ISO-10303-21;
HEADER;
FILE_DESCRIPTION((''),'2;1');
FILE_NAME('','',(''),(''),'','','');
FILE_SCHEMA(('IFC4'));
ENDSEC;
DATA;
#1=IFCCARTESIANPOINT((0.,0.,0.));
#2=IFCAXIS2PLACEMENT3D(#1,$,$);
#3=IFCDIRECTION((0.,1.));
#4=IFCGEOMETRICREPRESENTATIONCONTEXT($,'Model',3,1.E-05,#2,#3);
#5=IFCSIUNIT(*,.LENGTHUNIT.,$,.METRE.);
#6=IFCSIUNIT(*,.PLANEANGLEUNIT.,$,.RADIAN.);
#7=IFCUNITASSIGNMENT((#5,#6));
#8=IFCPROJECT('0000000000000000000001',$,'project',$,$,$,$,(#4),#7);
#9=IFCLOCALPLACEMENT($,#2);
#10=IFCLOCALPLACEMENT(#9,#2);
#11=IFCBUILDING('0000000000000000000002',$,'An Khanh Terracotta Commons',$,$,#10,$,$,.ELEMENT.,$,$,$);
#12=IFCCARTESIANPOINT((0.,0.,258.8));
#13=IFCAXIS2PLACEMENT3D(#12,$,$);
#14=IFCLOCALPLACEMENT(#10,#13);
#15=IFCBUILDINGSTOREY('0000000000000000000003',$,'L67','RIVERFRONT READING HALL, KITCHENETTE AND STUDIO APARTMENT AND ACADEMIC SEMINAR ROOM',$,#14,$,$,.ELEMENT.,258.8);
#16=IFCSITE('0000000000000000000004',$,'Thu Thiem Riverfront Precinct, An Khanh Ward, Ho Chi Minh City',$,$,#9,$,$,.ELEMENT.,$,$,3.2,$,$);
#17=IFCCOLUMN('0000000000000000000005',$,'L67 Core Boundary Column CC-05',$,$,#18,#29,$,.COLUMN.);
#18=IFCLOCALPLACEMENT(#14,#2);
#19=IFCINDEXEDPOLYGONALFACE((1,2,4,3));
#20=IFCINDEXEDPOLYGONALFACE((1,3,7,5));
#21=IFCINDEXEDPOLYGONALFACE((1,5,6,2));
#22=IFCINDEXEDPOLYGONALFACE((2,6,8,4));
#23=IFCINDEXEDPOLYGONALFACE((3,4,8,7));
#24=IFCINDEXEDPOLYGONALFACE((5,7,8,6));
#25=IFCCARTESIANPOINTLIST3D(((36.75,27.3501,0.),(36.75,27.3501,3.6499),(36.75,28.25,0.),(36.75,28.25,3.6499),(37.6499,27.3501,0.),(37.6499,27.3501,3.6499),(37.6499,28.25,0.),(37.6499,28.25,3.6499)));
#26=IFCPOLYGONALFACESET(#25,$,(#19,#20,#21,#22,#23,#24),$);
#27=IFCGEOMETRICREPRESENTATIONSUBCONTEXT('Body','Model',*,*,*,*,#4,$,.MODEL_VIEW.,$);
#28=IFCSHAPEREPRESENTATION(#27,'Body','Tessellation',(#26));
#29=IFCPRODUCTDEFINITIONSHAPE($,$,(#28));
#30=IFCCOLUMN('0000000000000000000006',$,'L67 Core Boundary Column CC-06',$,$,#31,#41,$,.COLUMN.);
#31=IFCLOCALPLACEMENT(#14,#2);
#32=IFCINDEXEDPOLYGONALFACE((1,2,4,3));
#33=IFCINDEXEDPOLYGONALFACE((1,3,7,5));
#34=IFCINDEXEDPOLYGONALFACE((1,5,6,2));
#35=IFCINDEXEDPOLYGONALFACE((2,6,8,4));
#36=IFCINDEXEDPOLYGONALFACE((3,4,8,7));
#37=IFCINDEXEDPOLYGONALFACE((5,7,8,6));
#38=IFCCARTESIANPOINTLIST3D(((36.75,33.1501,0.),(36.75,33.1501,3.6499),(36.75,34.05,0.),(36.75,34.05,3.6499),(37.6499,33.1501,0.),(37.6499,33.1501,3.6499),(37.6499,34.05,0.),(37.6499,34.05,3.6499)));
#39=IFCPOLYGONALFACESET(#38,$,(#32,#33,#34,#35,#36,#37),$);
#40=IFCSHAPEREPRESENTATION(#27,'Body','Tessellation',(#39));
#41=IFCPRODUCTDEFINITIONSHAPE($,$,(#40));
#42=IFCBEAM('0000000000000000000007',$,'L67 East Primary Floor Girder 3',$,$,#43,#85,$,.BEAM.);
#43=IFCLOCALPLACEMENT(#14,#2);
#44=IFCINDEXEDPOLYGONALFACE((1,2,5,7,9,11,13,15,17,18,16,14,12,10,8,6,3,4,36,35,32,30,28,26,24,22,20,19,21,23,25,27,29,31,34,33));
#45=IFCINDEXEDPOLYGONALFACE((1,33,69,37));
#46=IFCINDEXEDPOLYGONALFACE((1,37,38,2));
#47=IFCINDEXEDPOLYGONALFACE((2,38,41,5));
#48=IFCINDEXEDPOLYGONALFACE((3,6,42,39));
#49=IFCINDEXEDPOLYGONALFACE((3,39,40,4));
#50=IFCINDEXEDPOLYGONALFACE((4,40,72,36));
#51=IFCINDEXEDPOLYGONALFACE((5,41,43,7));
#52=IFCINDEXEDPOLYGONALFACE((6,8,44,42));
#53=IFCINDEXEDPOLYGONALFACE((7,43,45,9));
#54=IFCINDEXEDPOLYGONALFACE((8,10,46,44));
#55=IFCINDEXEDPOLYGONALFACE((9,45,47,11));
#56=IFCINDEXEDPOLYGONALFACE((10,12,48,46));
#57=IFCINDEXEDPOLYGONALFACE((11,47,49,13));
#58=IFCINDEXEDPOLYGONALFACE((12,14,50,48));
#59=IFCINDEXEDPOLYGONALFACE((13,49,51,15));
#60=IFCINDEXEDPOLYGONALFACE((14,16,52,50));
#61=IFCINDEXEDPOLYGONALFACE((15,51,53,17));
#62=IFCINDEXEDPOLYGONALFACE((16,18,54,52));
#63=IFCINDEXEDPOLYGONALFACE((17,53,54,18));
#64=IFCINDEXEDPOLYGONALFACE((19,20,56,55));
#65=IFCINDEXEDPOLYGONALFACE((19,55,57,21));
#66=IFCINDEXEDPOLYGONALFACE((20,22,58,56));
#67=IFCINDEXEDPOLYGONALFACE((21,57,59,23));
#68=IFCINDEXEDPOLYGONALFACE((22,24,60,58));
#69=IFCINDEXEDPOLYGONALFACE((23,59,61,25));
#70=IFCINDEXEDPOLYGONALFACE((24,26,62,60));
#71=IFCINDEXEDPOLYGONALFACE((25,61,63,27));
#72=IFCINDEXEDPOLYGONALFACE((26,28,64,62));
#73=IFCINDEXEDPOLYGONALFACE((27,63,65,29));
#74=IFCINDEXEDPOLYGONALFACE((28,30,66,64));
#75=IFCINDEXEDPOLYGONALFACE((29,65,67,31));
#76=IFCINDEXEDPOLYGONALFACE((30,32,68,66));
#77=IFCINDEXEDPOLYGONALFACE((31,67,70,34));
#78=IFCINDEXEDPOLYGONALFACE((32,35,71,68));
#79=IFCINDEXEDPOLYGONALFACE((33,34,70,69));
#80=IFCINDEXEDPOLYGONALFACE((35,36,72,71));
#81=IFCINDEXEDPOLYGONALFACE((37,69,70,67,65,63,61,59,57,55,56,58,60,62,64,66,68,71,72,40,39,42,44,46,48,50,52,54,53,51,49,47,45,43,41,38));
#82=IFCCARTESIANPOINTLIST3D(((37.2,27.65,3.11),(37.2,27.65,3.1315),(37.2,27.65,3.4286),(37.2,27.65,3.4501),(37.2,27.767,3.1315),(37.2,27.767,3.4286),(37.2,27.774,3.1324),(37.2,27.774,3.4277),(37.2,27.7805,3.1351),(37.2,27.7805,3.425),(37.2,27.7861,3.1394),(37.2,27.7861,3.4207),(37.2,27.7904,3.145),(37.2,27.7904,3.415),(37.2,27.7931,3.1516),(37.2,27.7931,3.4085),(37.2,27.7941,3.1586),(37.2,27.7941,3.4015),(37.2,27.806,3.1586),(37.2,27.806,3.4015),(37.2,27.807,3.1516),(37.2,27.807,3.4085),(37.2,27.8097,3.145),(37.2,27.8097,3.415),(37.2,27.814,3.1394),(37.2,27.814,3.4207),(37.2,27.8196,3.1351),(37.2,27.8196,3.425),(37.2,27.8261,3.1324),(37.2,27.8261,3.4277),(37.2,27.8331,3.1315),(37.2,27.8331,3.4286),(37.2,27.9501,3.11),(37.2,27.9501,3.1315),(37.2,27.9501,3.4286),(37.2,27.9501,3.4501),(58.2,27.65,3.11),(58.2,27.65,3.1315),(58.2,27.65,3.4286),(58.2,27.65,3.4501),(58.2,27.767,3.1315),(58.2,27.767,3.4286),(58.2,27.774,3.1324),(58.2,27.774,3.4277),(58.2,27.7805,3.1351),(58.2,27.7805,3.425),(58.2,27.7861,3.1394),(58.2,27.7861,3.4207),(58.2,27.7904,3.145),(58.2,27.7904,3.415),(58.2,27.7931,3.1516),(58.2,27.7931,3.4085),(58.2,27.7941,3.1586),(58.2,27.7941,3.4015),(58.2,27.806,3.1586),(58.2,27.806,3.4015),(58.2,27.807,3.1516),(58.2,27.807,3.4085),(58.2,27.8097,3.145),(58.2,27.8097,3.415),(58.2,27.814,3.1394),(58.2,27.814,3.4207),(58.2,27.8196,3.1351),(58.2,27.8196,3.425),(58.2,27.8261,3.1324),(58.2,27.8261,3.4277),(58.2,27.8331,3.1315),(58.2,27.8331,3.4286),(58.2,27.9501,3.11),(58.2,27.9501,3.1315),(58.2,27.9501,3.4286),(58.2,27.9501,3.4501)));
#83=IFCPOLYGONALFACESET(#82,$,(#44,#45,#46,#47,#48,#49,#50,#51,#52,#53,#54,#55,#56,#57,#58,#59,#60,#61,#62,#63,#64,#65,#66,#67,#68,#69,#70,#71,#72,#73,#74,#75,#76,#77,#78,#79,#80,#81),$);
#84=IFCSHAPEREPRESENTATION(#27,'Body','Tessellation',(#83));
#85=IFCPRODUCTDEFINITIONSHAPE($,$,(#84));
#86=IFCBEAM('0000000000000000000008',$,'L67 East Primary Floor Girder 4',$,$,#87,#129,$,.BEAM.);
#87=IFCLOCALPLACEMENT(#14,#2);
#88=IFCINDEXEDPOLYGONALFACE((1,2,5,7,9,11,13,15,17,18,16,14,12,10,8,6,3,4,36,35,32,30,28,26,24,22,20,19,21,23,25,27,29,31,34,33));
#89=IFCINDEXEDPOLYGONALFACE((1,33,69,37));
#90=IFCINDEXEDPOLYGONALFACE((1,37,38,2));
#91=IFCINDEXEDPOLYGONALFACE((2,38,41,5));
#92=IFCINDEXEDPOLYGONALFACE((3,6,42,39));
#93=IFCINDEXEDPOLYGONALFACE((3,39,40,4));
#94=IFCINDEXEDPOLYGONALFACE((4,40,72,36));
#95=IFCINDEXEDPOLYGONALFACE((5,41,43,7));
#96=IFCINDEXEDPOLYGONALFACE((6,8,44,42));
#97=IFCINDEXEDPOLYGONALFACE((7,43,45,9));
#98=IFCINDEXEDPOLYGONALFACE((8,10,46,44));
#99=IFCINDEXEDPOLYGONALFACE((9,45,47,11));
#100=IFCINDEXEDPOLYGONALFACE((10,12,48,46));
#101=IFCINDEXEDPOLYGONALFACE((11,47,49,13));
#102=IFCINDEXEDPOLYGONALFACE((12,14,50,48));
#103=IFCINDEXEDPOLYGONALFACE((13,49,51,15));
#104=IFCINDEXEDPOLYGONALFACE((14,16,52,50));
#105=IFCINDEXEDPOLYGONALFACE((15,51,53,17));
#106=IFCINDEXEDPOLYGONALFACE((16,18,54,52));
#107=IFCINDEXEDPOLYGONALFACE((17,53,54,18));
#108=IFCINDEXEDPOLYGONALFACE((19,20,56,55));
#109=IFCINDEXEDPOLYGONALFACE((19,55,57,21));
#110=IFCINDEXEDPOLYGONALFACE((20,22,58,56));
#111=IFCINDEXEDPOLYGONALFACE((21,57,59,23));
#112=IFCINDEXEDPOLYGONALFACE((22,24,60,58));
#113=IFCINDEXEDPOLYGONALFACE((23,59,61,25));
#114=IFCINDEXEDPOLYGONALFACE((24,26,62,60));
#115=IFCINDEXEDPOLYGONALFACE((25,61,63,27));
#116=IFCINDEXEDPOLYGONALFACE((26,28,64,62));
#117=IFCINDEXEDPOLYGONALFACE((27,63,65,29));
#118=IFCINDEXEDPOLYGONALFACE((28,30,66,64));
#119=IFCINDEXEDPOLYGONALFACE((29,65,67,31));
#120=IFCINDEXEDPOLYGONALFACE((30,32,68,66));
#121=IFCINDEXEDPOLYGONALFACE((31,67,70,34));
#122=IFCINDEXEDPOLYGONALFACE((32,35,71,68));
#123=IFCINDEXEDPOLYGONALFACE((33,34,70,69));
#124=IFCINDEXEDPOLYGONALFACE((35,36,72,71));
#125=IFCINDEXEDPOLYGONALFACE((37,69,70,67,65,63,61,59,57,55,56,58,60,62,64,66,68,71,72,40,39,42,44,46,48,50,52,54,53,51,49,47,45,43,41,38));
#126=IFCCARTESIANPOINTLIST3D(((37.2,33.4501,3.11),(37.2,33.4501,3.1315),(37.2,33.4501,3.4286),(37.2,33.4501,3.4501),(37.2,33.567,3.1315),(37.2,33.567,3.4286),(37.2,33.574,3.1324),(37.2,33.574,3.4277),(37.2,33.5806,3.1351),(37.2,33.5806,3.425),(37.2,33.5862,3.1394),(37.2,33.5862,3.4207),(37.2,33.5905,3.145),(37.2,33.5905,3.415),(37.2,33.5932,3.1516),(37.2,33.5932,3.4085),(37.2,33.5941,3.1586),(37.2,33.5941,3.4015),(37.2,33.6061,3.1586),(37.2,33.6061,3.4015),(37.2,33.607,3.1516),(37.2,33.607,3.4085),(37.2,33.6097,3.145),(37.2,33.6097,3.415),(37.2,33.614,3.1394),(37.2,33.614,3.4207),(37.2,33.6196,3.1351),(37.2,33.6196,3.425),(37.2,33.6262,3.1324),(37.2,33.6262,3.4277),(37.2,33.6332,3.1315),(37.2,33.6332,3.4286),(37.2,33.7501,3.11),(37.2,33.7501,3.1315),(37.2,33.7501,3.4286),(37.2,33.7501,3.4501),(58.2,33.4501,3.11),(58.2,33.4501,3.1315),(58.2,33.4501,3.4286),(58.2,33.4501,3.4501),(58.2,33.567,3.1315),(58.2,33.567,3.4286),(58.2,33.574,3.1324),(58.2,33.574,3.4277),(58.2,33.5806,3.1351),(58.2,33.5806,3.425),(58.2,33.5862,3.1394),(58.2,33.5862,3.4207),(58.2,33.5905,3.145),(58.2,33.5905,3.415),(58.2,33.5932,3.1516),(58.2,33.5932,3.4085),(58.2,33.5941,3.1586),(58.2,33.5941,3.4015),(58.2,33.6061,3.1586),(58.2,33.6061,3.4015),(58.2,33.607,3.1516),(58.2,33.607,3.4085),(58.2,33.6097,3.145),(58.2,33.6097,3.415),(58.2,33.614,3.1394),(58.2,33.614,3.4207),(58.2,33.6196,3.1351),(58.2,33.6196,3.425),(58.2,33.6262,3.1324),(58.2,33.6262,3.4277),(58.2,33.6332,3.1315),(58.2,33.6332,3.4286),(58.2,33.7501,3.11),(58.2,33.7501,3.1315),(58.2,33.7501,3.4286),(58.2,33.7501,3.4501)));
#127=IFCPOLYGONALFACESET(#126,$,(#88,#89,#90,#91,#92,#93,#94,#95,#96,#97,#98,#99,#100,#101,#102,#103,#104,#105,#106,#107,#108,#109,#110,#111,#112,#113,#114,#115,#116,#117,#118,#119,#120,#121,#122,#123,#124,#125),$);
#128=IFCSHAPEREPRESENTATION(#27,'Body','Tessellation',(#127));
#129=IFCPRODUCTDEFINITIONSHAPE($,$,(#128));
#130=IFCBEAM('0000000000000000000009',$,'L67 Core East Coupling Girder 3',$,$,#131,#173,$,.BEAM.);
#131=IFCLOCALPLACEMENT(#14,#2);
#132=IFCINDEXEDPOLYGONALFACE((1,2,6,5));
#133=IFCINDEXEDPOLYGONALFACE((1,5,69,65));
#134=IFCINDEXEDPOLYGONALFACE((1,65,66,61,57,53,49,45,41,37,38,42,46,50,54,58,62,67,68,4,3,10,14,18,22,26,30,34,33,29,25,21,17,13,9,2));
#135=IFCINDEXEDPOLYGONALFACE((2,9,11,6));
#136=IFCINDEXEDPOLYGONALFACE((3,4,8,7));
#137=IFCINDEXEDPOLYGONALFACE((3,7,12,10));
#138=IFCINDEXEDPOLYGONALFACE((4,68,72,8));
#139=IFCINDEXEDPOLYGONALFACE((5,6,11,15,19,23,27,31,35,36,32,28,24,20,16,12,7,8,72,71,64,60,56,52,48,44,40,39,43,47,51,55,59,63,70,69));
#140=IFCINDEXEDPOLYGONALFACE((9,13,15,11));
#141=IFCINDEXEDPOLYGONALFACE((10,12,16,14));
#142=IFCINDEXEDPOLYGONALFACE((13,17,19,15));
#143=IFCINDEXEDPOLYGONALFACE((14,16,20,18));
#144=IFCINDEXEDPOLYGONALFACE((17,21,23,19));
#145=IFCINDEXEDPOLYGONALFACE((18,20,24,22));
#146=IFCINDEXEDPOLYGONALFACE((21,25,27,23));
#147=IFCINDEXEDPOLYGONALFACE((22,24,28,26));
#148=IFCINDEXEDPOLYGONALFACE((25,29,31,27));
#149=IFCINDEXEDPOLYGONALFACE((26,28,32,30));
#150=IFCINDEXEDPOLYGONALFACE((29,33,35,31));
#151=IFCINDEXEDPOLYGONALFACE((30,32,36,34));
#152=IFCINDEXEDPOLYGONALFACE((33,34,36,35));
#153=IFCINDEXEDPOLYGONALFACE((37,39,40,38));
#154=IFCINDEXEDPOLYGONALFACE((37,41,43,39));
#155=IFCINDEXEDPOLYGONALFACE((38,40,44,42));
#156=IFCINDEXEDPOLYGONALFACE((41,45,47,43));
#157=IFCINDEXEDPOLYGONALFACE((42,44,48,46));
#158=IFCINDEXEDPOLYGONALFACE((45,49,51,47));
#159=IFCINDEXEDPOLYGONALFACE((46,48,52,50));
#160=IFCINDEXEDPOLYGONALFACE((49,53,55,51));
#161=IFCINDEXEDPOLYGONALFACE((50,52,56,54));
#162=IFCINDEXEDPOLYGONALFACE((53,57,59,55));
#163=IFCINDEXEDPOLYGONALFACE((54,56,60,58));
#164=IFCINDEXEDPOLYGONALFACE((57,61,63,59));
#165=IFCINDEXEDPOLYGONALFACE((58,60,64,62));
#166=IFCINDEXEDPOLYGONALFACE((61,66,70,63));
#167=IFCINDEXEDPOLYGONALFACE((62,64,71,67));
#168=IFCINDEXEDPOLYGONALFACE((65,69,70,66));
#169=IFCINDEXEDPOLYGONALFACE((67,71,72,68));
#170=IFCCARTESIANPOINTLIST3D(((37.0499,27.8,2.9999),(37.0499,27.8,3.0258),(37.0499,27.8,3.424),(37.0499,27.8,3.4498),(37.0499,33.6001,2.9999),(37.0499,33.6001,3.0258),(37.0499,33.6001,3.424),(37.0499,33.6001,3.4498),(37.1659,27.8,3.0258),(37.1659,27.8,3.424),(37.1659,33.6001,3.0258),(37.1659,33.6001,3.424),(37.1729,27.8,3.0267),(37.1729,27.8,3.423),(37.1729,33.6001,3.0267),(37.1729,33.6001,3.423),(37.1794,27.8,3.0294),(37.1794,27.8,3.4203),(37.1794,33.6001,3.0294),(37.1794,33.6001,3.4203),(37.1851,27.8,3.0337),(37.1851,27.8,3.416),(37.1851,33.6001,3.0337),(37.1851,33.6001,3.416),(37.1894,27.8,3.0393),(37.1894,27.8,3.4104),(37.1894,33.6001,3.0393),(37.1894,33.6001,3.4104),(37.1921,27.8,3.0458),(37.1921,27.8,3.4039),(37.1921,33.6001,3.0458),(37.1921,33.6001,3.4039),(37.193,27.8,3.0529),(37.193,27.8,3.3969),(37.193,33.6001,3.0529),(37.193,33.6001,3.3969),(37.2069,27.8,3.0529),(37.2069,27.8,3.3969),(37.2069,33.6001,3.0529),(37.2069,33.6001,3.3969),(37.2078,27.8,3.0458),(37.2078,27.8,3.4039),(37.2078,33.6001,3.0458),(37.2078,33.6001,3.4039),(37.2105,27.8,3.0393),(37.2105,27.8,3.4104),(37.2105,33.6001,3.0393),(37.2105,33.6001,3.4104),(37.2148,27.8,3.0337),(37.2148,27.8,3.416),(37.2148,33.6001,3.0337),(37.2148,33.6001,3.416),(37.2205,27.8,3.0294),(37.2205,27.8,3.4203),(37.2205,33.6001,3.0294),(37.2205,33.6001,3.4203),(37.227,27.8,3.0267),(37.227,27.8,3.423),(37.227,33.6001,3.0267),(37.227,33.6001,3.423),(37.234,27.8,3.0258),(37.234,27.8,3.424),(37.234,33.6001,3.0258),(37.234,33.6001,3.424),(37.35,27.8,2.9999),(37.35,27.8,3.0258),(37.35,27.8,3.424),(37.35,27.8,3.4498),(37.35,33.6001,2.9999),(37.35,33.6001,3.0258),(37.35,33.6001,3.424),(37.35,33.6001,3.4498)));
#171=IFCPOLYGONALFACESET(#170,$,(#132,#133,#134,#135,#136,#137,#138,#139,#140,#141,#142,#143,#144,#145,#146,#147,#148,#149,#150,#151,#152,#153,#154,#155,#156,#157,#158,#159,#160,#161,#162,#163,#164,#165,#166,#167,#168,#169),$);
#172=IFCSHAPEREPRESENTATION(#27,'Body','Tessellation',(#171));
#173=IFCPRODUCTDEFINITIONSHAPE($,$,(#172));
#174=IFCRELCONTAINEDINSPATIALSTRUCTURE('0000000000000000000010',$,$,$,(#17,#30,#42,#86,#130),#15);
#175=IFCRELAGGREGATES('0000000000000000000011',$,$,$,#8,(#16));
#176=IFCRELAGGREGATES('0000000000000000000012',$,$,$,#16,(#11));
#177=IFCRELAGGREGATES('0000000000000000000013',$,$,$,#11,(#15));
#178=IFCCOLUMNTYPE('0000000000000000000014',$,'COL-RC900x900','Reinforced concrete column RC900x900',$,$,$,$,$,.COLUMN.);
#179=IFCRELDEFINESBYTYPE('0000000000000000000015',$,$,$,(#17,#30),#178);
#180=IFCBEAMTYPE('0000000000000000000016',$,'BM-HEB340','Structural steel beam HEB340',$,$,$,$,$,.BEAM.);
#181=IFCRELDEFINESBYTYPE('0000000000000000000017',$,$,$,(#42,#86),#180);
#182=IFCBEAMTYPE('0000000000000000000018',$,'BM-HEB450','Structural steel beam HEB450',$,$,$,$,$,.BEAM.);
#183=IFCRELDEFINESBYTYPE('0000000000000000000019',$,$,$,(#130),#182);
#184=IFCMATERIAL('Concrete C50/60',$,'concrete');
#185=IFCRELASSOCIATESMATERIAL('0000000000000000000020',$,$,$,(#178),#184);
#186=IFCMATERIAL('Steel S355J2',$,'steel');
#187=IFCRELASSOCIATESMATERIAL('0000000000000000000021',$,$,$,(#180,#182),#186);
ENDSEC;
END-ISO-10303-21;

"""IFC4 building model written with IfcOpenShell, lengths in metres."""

from ifc_helpers import new_model, si_unit, direction, frame, origin, origin_2d, place, context, subcontext, project, spatial, rectangle, i_section, extrude, material, material_profile, profile_set, type_object, element, save


model = new_model("IFC4")

# Units and contexts
model_context = context("Model", 3, precision=1e-05, world=origin(), true_north=direction((0.0, 1.0)))
body_context = subcontext(model_context, "Body", "Model", "MODEL_VIEW")
ifc_project = project(units=[si_unit("LENGTHUNIT", "METRE"), si_unit("PLANEANGLEUNIT", "RADIAN")], contexts=[model_context])

# Site, building, storey
site_placement = place(None, origin())
site = spatial("IfcSite", under=ifc_project, at=site_placement, Name="Thu Thiem Riverfront Precinct, An Khanh Ward, Ho Chi Minh City", CompositionType="ELEMENT", RefElevation=3.2)
building_placement = place(site_placement, origin())
building = spatial("IfcBuilding", under=site, at=building_placement, Name="An Khanh Terracotta Commons", CompositionType="ELEMENT")
storey_placement = place(building_placement, frame((0.0, 0.0, 258.8)))
storey = spatial("IfcBuildingStorey", under=building, at=storey_placement, Name="L67", Description="RIVERFRONT READING HALL, KITCHENETTE AND STUDIO APARTMENT AND ACADEMIC SEMINAR ROOM", CompositionType="ELEMENT", Elevation=258.8)

# Columns
ifc_material_1 = material(Name="Concrete C50/60", Category="concrete")
ifc_material_profile_1 = material_profile(ifc_material_1, rectangle(XDim=0.8999, YDim=0.8999, at=origin_2d()), Name="RC900x900")
ifc_profile_set_1 = profile_set([ifc_material_profile_1], Name="Concrete C50/60")
column_type = type_object("IfcColumnType", Name="COL-RC900x900", Description="Reinforced concrete column RC900x900", PredefinedType="COLUMN", material=ifc_profile_set_1)
for number, where, z_axis, x_axis, name in (
    (1, (37.2, 27.8, 0.0), (0.0, 0.0, 1.0), (1.0, 0.0, 0.0), "L67 Core Boundary Column CC-05"),
    (2, (37.2, 33.6001, 0.0), (0.0, 0.0, 1.0), (1.0, 0.0, 0.0), "L67 Core Boundary Column CC-06"),
):
    element("IfcColumn", number, at=place(storey_placement, frame(where, z_axis=z_axis, x_axis=x_axis)), inside=storey, type_object=column_type, Name=name, PredefinedType="COLUMN", context=body_context, shape_type="SweptSolid", body=[
        extrude(rectangle(XDim=0.8999, YDim=0.8999, at=origin_2d()), origin(), (0.0, 0.0, 1.0), 3.6499),
    ])

# Beams
ifc_material_2 = material(Name="Steel S355J2", Category="steel")
ifc_material_profile_2 = material_profile(ifc_material_2, i_section(OverallWidth=0.3, OverallDepth=0.3401, WebThickness=0.012, FlangeThickness=0.0215, FilletRadius=0.0271, at=origin_2d()), Name="HEB340")
ifc_profile_set_2 = profile_set([ifc_material_profile_2], Name="Steel S355J2")
beam_type_1 = type_object("IfcBeamType", Name="BM-HEB340", Description="Structural steel beam HEB340", PredefinedType="BEAM", material=ifc_profile_set_2)
for number, where, z_axis, x_axis, name in (
    (3, (37.2, 27.8, 3.28), (1.0, 0.0, 0.0), (0.0, 1.0, 0.0), "L67 East Primary Floor Girder 3"),
    (4, (37.2, 33.6001, 3.28), (1.0, 0.0, 0.0), (0.0, 1.0, 0.0), "L67 East Primary Floor Girder 4"),
):
    element("IfcBeam", number, at=place(storey_placement, frame(where, z_axis=z_axis, x_axis=x_axis)), inside=storey, type_object=beam_type_1, Name=name, PredefinedType="BEAM", context=body_context, shape_type="SweptSolid", body=[
        extrude(i_section(OverallWidth=0.3, OverallDepth=0.3401, WebThickness=0.012, FlangeThickness=0.0215, FilletRadius=0.0271, at=origin_2d()), origin(), (0.0, 0.0, 1.0), 21.0),
    ])
ifc_material_profile_3 = material_profile(ifc_material_2, i_section(OverallWidth=0.3, OverallDepth=0.45, WebThickness=0.0139, FlangeThickness=0.0259, FilletRadius=0.0271, at=origin_2d()), Name="HEB450")
ifc_profile_set_3 = profile_set([ifc_material_profile_3], Name="Steel S355J2")
beam_type_2 = type_object("IfcBeamType", Name="BM-HEB450", Description="Structural steel beam HEB450", PredefinedType="BEAM", material=ifc_profile_set_3)
beam_placement = place(storey_placement, frame((37.2, 27.8, 3.2249), z_axis=(0.0, 1.0, 0.0), x_axis=(-1.0, 0.0, 0.0)))
element("IfcBeam", 5, at=beam_placement, inside=storey, type_object=beam_type_2, Name="L67 Core East Coupling Girder 3", PredefinedType="BEAM", context=body_context, shape_type="SweptSolid", body=[
    extrude(i_section(OverallWidth=0.3, OverallDepth=0.45, WebThickness=0.0139, FlangeThickness=0.0259, FilletRadius=0.0271, at=origin_2d()), origin(), (0.0, 0.0, 1.0), 5.8),
])

save(model, "model.ifc")
